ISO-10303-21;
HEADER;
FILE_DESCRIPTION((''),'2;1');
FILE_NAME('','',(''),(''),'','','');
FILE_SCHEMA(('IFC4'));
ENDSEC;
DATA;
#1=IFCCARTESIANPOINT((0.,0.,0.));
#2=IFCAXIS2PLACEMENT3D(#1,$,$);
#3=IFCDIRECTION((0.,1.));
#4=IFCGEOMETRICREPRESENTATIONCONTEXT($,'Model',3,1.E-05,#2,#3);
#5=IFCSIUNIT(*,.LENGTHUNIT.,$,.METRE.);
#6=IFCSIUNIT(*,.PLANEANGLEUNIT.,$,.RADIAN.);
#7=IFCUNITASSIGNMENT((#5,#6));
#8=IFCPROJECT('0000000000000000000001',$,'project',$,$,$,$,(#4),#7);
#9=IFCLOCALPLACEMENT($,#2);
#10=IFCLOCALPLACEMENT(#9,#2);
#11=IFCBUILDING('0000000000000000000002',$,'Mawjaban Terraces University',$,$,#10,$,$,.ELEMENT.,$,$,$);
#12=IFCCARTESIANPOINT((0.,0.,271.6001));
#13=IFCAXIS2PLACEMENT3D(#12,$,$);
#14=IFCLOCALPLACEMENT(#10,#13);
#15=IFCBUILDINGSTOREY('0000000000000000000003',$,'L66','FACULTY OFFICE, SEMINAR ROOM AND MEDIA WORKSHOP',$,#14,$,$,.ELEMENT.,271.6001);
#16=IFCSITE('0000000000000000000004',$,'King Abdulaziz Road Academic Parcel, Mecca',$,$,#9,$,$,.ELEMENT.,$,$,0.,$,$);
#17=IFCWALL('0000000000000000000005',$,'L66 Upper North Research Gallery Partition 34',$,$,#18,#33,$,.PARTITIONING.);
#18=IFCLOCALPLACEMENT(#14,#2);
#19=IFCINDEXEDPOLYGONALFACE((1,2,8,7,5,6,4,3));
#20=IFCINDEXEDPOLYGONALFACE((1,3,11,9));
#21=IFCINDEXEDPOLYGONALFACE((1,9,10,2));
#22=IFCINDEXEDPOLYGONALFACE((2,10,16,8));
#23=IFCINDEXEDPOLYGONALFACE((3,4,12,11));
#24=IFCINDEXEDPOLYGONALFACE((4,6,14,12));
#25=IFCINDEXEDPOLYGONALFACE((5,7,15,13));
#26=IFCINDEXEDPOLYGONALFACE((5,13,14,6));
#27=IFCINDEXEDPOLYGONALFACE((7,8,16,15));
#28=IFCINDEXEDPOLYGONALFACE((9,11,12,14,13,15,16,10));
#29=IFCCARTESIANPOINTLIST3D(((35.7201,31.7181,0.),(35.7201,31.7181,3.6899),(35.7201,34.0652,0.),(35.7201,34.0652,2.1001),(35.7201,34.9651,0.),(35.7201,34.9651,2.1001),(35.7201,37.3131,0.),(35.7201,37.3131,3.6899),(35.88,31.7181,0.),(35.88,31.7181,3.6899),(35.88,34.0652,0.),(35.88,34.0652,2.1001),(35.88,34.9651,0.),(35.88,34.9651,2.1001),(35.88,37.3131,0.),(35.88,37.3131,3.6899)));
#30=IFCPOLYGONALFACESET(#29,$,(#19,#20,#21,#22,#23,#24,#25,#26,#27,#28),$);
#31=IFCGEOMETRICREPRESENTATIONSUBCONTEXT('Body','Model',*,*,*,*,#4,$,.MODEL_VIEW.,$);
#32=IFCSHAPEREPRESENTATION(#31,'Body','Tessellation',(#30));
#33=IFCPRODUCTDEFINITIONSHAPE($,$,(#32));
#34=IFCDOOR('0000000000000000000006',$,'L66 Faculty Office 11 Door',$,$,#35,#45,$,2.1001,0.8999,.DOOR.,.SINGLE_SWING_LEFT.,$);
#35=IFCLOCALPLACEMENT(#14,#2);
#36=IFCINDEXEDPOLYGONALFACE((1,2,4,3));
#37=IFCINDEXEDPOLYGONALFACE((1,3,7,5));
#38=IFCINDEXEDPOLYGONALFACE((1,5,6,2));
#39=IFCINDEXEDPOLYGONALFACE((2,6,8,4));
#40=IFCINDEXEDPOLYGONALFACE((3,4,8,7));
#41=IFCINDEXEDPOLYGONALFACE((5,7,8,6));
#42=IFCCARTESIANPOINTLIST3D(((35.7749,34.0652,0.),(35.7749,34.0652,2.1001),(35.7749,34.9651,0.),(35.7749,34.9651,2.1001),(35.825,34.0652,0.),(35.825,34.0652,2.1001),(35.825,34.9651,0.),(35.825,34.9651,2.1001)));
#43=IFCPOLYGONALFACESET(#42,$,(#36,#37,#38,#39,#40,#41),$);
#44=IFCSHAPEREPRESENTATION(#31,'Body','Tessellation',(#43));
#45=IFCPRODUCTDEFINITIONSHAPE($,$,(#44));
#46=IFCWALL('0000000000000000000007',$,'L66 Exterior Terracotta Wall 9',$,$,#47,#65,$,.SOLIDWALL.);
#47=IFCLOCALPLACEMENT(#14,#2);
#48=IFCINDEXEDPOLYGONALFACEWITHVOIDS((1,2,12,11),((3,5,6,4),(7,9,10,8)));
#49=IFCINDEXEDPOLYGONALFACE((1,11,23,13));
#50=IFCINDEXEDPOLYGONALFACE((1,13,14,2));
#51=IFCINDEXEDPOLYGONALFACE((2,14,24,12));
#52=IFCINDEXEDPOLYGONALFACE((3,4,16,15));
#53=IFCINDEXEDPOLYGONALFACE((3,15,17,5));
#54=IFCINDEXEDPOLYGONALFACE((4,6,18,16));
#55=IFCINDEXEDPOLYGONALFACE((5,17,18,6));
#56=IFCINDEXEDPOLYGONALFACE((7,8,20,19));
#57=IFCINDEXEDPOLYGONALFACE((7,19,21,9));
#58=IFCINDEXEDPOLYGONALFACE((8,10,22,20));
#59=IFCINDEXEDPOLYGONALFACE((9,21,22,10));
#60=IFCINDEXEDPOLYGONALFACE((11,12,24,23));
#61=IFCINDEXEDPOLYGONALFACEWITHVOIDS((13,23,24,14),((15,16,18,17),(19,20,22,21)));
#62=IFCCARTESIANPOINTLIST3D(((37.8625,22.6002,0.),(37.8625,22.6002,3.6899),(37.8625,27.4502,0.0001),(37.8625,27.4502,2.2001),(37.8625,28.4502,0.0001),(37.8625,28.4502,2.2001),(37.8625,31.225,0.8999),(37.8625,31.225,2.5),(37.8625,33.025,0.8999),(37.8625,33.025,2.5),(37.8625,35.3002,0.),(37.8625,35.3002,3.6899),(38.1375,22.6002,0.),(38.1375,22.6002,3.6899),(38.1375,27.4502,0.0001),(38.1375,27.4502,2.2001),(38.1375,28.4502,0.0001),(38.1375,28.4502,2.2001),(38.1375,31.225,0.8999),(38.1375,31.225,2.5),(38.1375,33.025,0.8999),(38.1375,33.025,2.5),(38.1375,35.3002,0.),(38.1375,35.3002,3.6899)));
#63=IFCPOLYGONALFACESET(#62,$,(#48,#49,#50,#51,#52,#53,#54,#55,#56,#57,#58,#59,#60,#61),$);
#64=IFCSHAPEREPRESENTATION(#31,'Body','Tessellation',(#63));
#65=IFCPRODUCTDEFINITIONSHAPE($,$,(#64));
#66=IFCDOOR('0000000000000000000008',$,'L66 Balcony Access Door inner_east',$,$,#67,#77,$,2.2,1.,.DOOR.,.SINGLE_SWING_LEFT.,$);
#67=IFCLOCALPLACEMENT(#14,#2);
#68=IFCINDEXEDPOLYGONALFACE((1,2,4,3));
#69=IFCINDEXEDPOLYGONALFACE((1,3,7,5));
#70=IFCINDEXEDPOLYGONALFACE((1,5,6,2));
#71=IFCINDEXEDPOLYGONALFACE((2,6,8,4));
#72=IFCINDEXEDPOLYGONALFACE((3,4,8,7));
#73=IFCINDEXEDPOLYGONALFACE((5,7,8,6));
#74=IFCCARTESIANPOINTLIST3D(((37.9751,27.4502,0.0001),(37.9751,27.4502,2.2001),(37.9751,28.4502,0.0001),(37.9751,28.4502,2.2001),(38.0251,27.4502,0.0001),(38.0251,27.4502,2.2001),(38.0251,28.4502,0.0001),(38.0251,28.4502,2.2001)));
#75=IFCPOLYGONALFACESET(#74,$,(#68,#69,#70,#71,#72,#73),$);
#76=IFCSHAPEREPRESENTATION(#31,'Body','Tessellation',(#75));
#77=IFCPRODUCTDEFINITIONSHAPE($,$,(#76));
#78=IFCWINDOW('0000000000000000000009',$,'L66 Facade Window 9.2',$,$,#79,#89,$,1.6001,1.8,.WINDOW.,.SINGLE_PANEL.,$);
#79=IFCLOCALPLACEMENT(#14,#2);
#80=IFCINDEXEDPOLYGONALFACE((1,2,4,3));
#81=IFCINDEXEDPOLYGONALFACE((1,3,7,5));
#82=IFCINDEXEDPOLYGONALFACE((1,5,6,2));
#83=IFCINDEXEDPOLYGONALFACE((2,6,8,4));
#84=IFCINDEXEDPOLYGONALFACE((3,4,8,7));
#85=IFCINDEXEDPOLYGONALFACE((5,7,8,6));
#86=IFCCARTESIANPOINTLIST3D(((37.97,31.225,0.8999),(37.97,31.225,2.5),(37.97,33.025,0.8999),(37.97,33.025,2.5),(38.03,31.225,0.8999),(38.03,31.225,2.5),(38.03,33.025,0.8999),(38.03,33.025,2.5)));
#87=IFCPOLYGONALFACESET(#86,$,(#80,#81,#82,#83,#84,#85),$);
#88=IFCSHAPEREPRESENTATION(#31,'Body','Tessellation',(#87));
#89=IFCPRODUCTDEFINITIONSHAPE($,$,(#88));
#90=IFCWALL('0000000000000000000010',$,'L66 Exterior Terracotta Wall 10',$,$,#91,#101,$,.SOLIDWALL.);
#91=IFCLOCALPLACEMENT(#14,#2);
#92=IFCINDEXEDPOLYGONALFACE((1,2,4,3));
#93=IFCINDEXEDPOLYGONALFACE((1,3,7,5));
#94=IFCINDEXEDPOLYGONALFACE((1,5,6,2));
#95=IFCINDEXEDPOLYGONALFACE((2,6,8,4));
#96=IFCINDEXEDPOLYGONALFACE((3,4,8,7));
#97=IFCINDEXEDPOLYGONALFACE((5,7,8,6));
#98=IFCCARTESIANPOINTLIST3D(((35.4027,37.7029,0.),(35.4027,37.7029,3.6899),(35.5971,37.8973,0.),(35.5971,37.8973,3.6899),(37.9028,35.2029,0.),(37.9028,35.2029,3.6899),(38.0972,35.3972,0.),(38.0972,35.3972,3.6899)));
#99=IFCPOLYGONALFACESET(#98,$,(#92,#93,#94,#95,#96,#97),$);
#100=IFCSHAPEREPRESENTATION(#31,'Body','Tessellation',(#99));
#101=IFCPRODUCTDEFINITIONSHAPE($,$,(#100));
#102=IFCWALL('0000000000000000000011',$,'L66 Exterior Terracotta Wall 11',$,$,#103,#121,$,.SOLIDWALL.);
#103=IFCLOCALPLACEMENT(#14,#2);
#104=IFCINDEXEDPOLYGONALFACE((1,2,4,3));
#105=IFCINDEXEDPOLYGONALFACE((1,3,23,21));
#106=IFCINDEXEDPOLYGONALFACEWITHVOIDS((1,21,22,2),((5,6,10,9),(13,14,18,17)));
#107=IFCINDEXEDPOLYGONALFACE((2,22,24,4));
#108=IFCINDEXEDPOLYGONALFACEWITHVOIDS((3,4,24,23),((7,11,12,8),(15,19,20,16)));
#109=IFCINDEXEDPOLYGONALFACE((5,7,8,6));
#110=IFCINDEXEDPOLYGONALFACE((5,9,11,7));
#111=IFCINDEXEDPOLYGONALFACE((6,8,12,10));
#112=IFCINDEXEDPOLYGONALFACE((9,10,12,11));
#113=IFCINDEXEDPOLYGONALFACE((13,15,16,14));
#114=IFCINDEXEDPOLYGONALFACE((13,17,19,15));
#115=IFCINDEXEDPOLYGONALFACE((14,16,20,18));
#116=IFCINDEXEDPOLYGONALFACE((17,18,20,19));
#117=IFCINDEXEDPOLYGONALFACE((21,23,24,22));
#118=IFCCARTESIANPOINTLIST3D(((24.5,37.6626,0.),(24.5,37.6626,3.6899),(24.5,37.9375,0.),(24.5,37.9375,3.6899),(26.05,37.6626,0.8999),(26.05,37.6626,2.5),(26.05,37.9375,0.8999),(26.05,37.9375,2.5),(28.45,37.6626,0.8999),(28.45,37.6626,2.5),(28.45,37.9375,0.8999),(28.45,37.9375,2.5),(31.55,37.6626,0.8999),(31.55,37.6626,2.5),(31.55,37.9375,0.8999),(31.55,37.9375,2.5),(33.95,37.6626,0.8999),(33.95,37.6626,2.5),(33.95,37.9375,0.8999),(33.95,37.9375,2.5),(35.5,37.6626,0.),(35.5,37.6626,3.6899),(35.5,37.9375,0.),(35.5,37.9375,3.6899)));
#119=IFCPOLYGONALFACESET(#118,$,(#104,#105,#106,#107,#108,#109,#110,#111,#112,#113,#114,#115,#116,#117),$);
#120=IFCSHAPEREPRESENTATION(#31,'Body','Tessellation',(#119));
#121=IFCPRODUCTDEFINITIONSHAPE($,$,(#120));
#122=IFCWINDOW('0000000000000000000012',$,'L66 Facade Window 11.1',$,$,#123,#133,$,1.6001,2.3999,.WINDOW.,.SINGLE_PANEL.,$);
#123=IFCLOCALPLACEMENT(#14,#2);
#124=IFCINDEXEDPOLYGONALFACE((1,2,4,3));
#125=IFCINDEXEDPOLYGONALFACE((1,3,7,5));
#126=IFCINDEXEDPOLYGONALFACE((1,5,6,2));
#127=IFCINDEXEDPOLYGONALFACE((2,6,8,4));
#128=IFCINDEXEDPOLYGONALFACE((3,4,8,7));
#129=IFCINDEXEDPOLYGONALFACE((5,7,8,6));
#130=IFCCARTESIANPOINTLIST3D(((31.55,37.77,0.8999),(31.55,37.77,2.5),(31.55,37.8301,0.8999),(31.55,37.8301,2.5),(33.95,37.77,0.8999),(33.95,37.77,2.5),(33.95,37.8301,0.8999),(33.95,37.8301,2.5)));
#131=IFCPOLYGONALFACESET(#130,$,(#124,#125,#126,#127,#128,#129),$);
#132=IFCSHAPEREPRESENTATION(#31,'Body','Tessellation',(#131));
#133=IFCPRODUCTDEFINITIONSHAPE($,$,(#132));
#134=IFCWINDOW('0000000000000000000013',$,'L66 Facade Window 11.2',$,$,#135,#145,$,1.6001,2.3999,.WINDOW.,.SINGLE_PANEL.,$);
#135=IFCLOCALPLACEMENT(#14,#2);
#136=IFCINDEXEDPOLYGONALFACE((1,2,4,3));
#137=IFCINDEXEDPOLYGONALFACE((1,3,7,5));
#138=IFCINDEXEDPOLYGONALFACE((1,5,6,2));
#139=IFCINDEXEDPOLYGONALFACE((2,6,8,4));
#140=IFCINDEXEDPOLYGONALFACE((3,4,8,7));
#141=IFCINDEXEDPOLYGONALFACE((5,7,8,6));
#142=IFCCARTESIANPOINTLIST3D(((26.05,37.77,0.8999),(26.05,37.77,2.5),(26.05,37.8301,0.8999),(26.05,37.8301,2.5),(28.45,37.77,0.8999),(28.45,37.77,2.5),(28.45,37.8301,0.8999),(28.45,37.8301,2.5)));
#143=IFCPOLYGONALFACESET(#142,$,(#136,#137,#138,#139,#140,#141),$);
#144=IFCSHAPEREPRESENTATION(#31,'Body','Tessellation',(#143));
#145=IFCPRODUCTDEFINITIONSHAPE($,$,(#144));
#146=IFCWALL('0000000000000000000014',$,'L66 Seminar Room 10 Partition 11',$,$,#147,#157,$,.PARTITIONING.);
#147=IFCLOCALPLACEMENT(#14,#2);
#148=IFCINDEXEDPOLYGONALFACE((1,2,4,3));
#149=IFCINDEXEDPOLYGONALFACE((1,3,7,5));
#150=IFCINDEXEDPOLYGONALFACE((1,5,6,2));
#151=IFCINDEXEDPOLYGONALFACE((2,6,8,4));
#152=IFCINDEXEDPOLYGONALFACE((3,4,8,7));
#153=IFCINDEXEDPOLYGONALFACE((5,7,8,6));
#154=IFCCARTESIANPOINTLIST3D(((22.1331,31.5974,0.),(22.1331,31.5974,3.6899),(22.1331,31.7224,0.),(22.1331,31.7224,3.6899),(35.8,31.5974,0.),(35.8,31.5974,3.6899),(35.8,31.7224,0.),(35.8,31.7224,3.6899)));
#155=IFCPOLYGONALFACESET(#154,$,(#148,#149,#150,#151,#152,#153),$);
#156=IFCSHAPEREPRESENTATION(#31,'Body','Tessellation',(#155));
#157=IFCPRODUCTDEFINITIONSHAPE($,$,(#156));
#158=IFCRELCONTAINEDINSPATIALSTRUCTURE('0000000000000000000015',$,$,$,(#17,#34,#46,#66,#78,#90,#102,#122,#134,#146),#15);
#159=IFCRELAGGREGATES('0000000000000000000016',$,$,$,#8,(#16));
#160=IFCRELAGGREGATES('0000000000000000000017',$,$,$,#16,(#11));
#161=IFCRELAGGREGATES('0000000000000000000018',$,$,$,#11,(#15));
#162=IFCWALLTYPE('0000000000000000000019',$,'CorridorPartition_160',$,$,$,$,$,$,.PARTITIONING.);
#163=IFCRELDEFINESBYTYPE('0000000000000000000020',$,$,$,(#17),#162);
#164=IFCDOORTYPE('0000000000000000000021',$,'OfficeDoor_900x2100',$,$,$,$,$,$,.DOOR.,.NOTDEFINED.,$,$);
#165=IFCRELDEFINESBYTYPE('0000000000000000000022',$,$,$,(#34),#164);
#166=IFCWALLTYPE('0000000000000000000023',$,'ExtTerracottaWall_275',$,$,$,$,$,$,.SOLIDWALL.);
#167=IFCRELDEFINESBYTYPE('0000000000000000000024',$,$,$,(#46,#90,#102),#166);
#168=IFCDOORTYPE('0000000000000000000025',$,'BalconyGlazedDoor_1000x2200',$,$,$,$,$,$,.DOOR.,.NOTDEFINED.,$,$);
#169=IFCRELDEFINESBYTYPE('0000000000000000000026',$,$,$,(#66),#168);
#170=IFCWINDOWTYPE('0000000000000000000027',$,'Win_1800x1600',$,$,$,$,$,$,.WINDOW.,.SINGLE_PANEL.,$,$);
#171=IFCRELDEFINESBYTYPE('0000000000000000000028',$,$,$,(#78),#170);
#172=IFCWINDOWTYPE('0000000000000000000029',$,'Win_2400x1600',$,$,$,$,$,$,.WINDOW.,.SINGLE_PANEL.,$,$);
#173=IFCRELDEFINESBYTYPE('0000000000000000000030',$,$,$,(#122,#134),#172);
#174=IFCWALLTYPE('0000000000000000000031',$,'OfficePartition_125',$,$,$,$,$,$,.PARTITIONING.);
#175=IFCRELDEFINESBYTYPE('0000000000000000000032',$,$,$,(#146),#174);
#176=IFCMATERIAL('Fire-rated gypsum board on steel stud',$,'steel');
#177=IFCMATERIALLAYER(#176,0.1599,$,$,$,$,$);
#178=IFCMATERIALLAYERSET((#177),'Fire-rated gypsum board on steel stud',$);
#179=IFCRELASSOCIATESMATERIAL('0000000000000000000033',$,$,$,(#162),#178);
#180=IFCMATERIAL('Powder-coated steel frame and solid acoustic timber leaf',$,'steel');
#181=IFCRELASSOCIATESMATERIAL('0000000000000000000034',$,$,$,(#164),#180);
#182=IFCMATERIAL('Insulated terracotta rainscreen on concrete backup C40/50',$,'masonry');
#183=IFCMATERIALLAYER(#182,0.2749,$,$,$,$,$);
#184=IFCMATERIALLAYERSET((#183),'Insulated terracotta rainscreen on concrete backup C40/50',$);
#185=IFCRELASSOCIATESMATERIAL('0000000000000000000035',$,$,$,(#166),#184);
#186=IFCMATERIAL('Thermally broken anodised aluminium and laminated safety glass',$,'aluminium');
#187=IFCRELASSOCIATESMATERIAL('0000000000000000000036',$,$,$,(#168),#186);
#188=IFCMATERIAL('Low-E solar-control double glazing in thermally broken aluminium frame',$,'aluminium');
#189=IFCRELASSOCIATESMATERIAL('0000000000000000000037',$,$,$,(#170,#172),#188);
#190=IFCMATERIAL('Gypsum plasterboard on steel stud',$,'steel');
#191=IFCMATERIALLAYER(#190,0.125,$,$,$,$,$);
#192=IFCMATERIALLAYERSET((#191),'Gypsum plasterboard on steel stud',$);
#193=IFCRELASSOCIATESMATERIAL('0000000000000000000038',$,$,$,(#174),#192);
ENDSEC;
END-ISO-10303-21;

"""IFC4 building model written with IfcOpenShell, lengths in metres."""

from ifc_helpers import new_model, si_unit, direction, frame, frame_2d, origin, place, context, subcontext, project, spatial, rectangle, extrude, material, layer, layer_set, type_object, element, fill, save


model = new_model("IFC4")

# Units and contexts
model_context = context("Model", 3, precision=1e-05, world=origin(), true_north=direction((0.0, 1.0)))
body_context = subcontext(model_context, "Body", "Model", "MODEL_VIEW")
ifc_project = project(units=[si_unit("LENGTHUNIT", "METRE"), si_unit("PLANEANGLEUNIT", "RADIAN")], contexts=[model_context])

# Site, building, storey
site_placement = place(None, origin())
site = spatial("IfcSite", under=ifc_project, at=site_placement, Name="King Abdulaziz Road Academic Parcel, Mecca", CompositionType="ELEMENT", RefElevation=0.0)
building_placement = place(site_placement, origin())
building = spatial("IfcBuilding", under=site, at=building_placement, Name="Mawjaban Terraces University", CompositionType="ELEMENT")
storey_placement = place(building_placement, frame((0.0, 0.0, 271.6001)))
storey = spatial("IfcBuildingStorey", under=building, at=storey_placement, Name="L66", Description="FACULTY OFFICE, SEMINAR ROOM AND MEDIA WORKSHOP", CompositionType="ELEMENT", Elevation=271.6001)

# Shared definitions
ifc_material_1 = material(Name="Fire-rated gypsum board on steel stud", Category="steel")
ifc_layer_1 = layer(ifc_material_1, 0.1599)
ifc_layer_set_1 = layer_set([ifc_layer_1], Name="Fire-rated gypsum board on steel stud")
wall_type_1 = type_object("IfcWallType", Name="CorridorPartition_160", PredefinedType="PARTITIONING", material=ifc_layer_set_1)
ifc_material_2 = material(Name="Powder-coated steel frame and solid acoustic timber leaf", Category="steel")
door_type_1 = type_object("IfcDoorType", Name="OfficeDoor_900x2100", OperationType="NOTDEFINED", PredefinedType="DOOR", material=ifc_material_2)

# Wall, opening, door
wall_1_placement = place(storey_placement, frame((35.8, 37.313, 0.0), z_axis=(0.0, 0.0, 1.0), x_axis=(0.0, -1.0, 0.0)))
wall_1 = element("IfcWall", 1, at=wall_1_placement, inside=storey, type_object=wall_type_1, Name="L66 Upper North Research Gallery Partition 34", PredefinedType="PARTITIONING", context=body_context, shape_type="SweptSolid", body=[
    extrude(rectangle(XDim=5.595, YDim=0.1599, at=frame_2d((2.7974, 0.0))), origin(), (0.0, 0.0, 1.0), 3.6899),
])
opening_1_placement = place(wall_1_placement, frame((2.3479, 0.0, 0.0)))
opening_1 = element("IfcOpeningElement", 2, at=opening_1_placement, cuts=wall_1, PredefinedType="OPENING", context=body_context, shape_type="SweptSolid", body=[
    extrude(rectangle(XDim=0.8999, YDim=2.1001, at=frame_2d((0.45, 1.05))), frame((0.0, 0.0898, 0.0), z_axis=(0.0, -1.0, 0.0), x_axis=(1.0, 0.0, 0.0)), (0.0, 0.0, 1.0), 0.1799),
])
door_1_placement = place(opening_1_placement, origin())
door_1 = element("IfcDoor", 3, at=door_1_placement, inside=storey, type_object=door_type_1, Name="L66 Faculty Office 11 Door", OperationType="SINGLE_SWING_LEFT", OverallHeight=2.1001, OverallWidth=0.8999, PredefinedType="DOOR", context=body_context, shape_type="SweptSolid", body=[
    extrude(rectangle(XDim=0.8999, YDim=2.1001, at=frame_2d((0.45, 1.05))), frame((0.0, 0.0249, 0.0), z_axis=(0.0, -1.0, 0.0), x_axis=(1.0, 0.0, 0.0)), (0.0, 0.0, 1.0), 0.05),
])
fill(opening_1, door_1)

# Wall, openings, door, window
ifc_material_3 = material(Name="Insulated terracotta rainscreen on concrete backup C40/50", Category="masonry")
ifc_layer_2 = layer(ifc_material_3, 0.2749)
ifc_layer_set_2 = layer_set([ifc_layer_2], Name="Insulated terracotta rainscreen on concrete backup C40/50")
wall_type_2 = type_object("IfcWallType", Name="ExtTerracottaWall_275", PredefinedType="SOLIDWALL", material=ifc_layer_set_2)
wall_2_placement = place(storey_placement, frame((38.0, 22.6001, 0.0), z_axis=(0.0, 0.0, 1.0), x_axis=(0.0, 1.0, 0.0)))
wall_2 = element("IfcWall", 4, at=wall_2_placement, inside=storey, type_object=wall_type_2, Name="L66 Exterior Terracotta Wall 9", PredefinedType="SOLIDWALL", context=body_context, shape_type="SweptSolid", body=[
    extrude(rectangle(XDim=12.7, YDim=0.2749, at=frame_2d((6.3501, 0.0))), origin(), (0.0, 0.0, 1.0), 3.6899),
])
opening_2_placement = place(wall_2_placement, frame((4.8501, 0.0, 0.0)))
opening_2 = element("IfcOpeningElement", 5, at=opening_2_placement, cuts=wall_2, PredefinedType="OPENING", context=body_context, shape_type="SweptSolid", body=[
    extrude(rectangle(XDim=1.0, YDim=2.2, at=frame_2d((0.5, 1.1001))), frame((0.0, 0.1475, 0.0), z_axis=(0.0, -1.0, 0.0), x_axis=(1.0, 0.0, 0.0)), (0.0, 0.0, 1.0), 0.2949),
])
opening_3_placement = place(wall_2_placement, frame((8.625, 0.0, 0.8999)))
opening_3 = element("IfcOpeningElement", 6, at=opening_3_placement, cuts=wall_2, PredefinedType="OPENING", context=body_context, shape_type="SweptSolid", body=[
    extrude(rectangle(XDim=1.8, YDim=1.6001, at=frame_2d((0.8999, 0.8))), frame((0.0, 0.1475, 0.0), z_axis=(0.0, -1.0, 0.0), x_axis=(1.0, 0.0, 0.0)), (0.0, 0.0, 1.0), 0.2949),
])
ifc_material_4 = material(Name="Thermally broken anodised aluminium and laminated safety glass", Category="aluminium")
door_type_2 = type_object("IfcDoorType", Name="BalconyGlazedDoor_1000x2200", OperationType="NOTDEFINED", PredefinedType="DOOR", material=ifc_material_4)
door_2_placement = place(opening_2_placement, origin())
door_2 = element("IfcDoor", 7, at=door_2_placement, inside=storey, type_object=door_type_2, Name="L66 Balcony Access Door inner_east", OperationType="SINGLE_SWING_LEFT", OverallHeight=2.2, OverallWidth=1.0, PredefinedType="DOOR", context=body_context, shape_type="SweptSolid", body=[
    extrude(rectangle(XDim=1.0, YDim=2.2, at=frame_2d((0.5, 1.1001))), frame((0.0, 0.0249, 0.0), z_axis=(0.0, -1.0, 0.0), x_axis=(1.0, 0.0, 0.0)), (0.0, 0.0, 1.0), 0.05),
])
fill(opening_2, door_2)
ifc_material_5 = material(Name="Low-E solar-control double glazing in thermally broken aluminium frame", Category="aluminium")
window_type_1 = type_object("IfcWindowType", Name="Win_1800x1600", PartitioningType="SINGLE_PANEL", PredefinedType="WINDOW", material=ifc_material_5)
window_1_placement = place(opening_3_placement, origin())
window_1 = element("IfcWindow", 8, at=window_1_placement, inside=storey, type_object=window_type_1, Name="L66 Facade Window 9.2", OverallHeight=1.6001, OverallWidth=1.8, PartitioningType="SINGLE_PANEL", PredefinedType="WINDOW", context=body_context, shape_type="SweptSolid", body=[
    extrude(rectangle(XDim=1.8, YDim=1.6001, at=frame_2d((0.8999, 0.8))), frame((0.0, 0.03, 0.0), z_axis=(0.0, -1.0, 0.0), x_axis=(1.0, 0.0, 0.0)), (0.0, 0.0, 1.0), 0.0601),
])
fill(opening_3, window_1)

# Wall
wall_3_placement = place(storey_placement, frame((38.0, 35.3, 0.0), z_axis=(0.0, 0.0, 1.0), x_axis=(-0.707107, 0.707107, 0.0)))
element("IfcWall", 9, at=wall_3_placement, inside=storey, type_object=wall_type_2, Name="L66 Exterior Terracotta Wall 10", PredefinedType="SOLIDWALL", context=body_context, shape_type="SweptSolid", body=[
    extrude(rectangle(XDim=3.5356, YDim=0.2749, at=frame_2d((1.7678, 0.0))), origin(), (0.0, 0.0, 1.0), 3.6899),
])

# Wall, openings, windows
wall_4_placement = place(storey_placement, frame((35.5, 37.8, 0.0), z_axis=(0.0, 0.0, 1.0), x_axis=(-1.0, 0.0, 0.0)))
wall_4 = element("IfcWall", 10, at=wall_4_placement, inside=storey, type_object=wall_type_2, Name="L66 Exterior Terracotta Wall 11", PredefinedType="SOLIDWALL", context=body_context, shape_type="SweptSolid", body=[
    extrude(rectangle(XDim=11.0, YDim=0.2749, at=frame_2d((5.5, 0.0))), origin(), (0.0, 0.0, 1.0), 3.6899),
])
opening_4_placement = place(wall_4_placement, frame((1.55, 0.0, 0.8999)))
opening_4 = element("IfcOpeningElement", 11, at=opening_4_placement, cuts=wall_4, PredefinedType="OPENING", context=body_context, shape_type="SweptSolid", body=[
    extrude(rectangle(XDim=2.3999, YDim=1.6001, at=frame_2d((1.2, 0.8))), frame((0.0, 0.1475, 0.0), z_axis=(0.0, -1.0, 0.0), x_axis=(1.0, 0.0, 0.0)), (0.0, 0.0, 1.0), 0.2949),
])
opening_5_placement = place(wall_4_placement, frame((7.05, 0.0, 0.8999)))
opening_5 = element("IfcOpeningElement", 12, at=opening_5_placement, cuts=wall_4, PredefinedType="OPENING", context=body_context, shape_type="SweptSolid", body=[
    extrude(rectangle(XDim=2.3999, YDim=1.6001, at=frame_2d((1.2, 0.8))), frame((0.0, 0.1475, 0.0), z_axis=(0.0, -1.0, 0.0), x_axis=(1.0, 0.0, 0.0)), (0.0, 0.0, 1.0), 0.2949),
])
window_type_2 = type_object("IfcWindowType", Name="Win_2400x1600", PartitioningType="SINGLE_PANEL", PredefinedType="WINDOW", material=ifc_material_5)
window_2_placement = place(opening_4_placement, origin())
window_2 = element("IfcWindow", 13, at=window_2_placement, inside=storey, type_object=window_type_2, Name="L66 Facade Window 11.1", OverallHeight=1.6001, OverallWidth=2.3999, PartitioningType="SINGLE_PANEL", PredefinedType="WINDOW", context=body_context, shape_type="SweptSolid", body=[
    extrude(rectangle(XDim=2.3999, YDim=1.6001, at=frame_2d((1.2, 0.8))), frame((0.0, 0.03, 0.0), z_axis=(0.0, -1.0, 0.0), x_axis=(1.0, 0.0, 0.0)), (0.0, 0.0, 1.0), 0.0601),
])
fill(opening_4, window_2)
window_3_placement = place(opening_5_placement, origin())
window_3 = element("IfcWindow", 14, at=window_3_placement, inside=storey, type_object=window_type_2, Name="L66 Facade Window 11.2", OverallHeight=1.6001, OverallWidth=2.3999, PartitioningType="SINGLE_PANEL", PredefinedType="WINDOW", context=body_context, shape_type="SweptSolid", body=[
    extrude(rectangle(XDim=2.3999, YDim=1.6001, at=frame_2d((1.2, 0.8))), frame((0.0, 0.03, 0.0), z_axis=(0.0, -1.0, 0.0), x_axis=(1.0, 0.0, 0.0)), (0.0, 0.0, 1.0), 0.0601),
])
fill(opening_5, window_3)

# Wall
ifc_material_6 = material(Name="Gypsum plasterboard on steel stud", Category="steel")
ifc_layer_3 = layer(ifc_material_6, 0.125)
ifc_layer_set_3 = layer_set([ifc_layer_3], Name="Gypsum plasterboard on steel stud")
wall_type_3 = type_object("IfcWallType", Name="OfficePartition_125", PredefinedType="PARTITIONING", material=ifc_layer_set_3)
wall_5_placement = place(storey_placement, frame((35.8, 31.6599, 0.0), z_axis=(0.0, 0.0, 1.0), x_axis=(-1.0, 0.0, 0.0)))
element("IfcWall", 15, at=wall_5_placement, inside=storey, type_object=wall_type_3, Name="L66 Seminar Room 10 Partition 11", PredefinedType="PARTITIONING", context=body_context, shape_type="SweptSolid", body=[
    extrude(rectangle(XDim=13.667, YDim=0.125, at=frame_2d((6.8335, 0.0))), origin(), (0.0, 0.0, 1.0), 3.6899),
])

save(model, "model.ifc")
